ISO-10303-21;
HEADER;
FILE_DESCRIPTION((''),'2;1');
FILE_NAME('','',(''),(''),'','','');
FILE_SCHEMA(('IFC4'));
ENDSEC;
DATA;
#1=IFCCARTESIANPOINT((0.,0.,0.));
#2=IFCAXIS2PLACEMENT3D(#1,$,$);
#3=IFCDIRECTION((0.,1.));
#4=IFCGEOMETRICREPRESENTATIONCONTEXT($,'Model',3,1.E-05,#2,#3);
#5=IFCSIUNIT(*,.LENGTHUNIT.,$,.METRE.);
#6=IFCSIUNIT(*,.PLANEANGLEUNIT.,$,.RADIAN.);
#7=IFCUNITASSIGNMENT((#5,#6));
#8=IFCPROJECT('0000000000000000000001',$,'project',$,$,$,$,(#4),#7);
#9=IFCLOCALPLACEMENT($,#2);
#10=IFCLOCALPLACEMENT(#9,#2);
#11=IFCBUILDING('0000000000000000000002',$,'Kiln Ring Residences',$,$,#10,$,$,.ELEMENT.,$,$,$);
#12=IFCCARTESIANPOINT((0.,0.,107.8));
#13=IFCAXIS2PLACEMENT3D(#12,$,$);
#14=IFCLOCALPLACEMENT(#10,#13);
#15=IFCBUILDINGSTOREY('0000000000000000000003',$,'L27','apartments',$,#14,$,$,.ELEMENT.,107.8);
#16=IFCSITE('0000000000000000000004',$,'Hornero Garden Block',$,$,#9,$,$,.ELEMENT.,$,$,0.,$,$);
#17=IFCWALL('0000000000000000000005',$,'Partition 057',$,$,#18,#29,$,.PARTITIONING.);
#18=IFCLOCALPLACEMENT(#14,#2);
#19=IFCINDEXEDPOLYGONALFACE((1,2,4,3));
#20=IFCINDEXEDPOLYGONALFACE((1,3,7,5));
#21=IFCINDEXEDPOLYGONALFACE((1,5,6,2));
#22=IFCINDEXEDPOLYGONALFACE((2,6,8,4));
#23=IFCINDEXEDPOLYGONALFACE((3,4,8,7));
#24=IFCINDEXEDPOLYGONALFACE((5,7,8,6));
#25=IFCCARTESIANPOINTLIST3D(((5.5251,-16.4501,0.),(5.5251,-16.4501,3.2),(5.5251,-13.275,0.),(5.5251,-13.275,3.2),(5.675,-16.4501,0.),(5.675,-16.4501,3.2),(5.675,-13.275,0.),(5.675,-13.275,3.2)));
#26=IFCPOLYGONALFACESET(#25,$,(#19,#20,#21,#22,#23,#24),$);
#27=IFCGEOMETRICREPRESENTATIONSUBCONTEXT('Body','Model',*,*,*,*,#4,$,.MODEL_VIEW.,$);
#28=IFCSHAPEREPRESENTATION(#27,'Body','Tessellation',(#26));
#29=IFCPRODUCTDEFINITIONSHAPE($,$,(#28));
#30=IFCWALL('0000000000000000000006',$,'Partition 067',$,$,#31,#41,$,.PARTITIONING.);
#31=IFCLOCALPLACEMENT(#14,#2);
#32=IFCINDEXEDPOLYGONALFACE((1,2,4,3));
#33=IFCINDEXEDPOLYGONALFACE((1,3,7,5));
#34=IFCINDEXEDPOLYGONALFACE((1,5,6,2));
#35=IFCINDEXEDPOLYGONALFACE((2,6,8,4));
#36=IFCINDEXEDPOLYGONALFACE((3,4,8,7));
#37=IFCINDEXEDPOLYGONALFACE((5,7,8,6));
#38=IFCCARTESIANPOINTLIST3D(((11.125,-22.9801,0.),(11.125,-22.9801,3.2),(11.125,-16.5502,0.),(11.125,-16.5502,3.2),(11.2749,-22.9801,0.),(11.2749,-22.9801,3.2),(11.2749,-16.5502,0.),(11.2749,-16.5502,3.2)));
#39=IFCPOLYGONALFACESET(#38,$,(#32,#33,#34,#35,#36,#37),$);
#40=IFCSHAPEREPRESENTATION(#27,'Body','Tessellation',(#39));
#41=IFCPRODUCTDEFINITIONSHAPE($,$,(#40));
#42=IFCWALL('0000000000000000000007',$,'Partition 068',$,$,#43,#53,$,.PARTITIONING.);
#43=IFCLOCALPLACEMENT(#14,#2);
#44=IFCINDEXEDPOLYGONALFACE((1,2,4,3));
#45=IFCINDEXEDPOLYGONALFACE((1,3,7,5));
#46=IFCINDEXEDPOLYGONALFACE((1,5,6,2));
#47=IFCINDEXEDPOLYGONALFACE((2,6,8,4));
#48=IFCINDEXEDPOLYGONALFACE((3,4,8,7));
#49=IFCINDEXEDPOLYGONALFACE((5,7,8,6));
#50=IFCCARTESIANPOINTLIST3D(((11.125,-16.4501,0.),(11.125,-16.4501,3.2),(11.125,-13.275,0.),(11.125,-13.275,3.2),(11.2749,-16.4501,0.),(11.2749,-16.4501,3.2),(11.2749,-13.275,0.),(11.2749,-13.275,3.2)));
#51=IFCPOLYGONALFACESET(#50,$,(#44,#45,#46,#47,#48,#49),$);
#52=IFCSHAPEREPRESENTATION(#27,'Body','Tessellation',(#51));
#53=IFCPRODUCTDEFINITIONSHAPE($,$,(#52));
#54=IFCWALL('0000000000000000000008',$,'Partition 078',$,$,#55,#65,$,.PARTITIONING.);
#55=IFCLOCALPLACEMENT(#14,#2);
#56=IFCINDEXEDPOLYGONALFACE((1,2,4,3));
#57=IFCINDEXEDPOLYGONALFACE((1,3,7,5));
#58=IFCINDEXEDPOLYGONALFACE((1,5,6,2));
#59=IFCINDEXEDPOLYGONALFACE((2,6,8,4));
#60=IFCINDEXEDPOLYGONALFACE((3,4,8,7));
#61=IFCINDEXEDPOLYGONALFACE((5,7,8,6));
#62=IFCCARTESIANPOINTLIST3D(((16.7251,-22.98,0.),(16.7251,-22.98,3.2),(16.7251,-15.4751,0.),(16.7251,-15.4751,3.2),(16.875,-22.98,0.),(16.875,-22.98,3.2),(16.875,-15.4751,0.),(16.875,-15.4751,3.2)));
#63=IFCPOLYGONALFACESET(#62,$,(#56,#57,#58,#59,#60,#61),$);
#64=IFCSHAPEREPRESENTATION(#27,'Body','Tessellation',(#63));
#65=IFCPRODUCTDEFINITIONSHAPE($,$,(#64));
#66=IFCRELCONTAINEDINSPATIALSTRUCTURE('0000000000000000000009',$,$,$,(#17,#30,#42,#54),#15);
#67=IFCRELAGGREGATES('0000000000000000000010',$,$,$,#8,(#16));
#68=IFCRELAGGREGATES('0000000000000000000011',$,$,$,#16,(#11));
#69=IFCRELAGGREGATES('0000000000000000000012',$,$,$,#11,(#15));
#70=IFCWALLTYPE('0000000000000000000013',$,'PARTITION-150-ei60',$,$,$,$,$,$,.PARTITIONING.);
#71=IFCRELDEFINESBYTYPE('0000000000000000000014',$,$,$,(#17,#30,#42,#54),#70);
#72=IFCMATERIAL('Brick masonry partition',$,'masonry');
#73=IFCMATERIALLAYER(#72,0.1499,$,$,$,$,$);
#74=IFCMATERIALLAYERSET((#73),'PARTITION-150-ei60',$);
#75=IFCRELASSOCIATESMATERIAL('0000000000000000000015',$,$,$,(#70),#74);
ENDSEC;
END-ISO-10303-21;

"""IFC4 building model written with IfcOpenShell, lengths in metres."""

from ifc_helpers import new_model, si_unit, direction, frame, frame_2d, origin, place, context, subcontext, project, spatial, rectangle, extrude, material, layer, layer_set, type_object, element, save


model = new_model("IFC4")

# Units and contexts
model_context = context("Model", 3, precision=1e-05, world=origin(), true_north=direction((0.0, 1.0)))
body_context = subcontext(model_context, "Body", "Model", "MODEL_VIEW")
ifc_project = project(units=[si_unit("LENGTHUNIT", "METRE"), si_unit("PLANEANGLEUNIT", "RADIAN")], contexts=[model_context])

# Site, building, storey
site_placement = place(None, origin())
site = spatial("IfcSite", under=ifc_project, at=site_placement, Name="Hornero Garden Block", CompositionType="ELEMENT", RefElevation=0.0)
building_placement = place(site_placement, origin())
building = spatial("IfcBuilding", under=site, at=building_placement, Name="Kiln Ring Residences", CompositionType="ELEMENT")
storey_placement = place(building_placement, frame((0.0, 0.0, 107.8)))
storey = spatial("IfcBuildingStorey", under=building, at=storey_placement, Name="L27", Description="apartments", CompositionType="ELEMENT", Elevation=107.8)

# Walls
ifc_material_1 = material(Name="Brick masonry partition", Category="masonry")
ifc_layer_1 = layer(ifc_material_1, 0.1499)
ifc_layer_set_1 = layer_set([ifc_layer_1], Name="PARTITION-150-ei60")
wall_type_1 = type_object("IfcWallType", Name="PARTITION-150-ei60", PredefinedType="PARTITIONING", material=ifc_layer_set_1)
wall_1_placement = place(storey_placement, frame((5.6001, -16.45, 0.0), z_axis=(0.0, 0.0, 1.0), x_axis=(0.0, 1.0, 0.0)))
element("IfcWall", 1, at=wall_1_placement, inside=storey, type_object=wall_type_1, Name="Partition 057", PredefinedType="PARTITIONING", context=body_context, shape_type="SweptSolid", body=[
    extrude(rectangle(XDim=3.175, YDim=0.1499, at=frame_2d((1.5874, 0.0))), origin(), (0.0, 0.0, 1.0), 3.2),
])
wall_2_placement = place(storey_placement, frame((11.2, -22.98, 0.0), z_axis=(0.0, 0.0, 1.0), x_axis=(0.0, 1.0, 0.0)))
element("IfcWall", 2, at=wall_2_placement, inside=storey, type_object=wall_type_1, Name="Partition 067", PredefinedType="PARTITIONING", context=body_context, shape_type="SweptSolid", body=[
    extrude(rectangle(XDim=6.4299, YDim=0.1499, at=frame_2d((3.2148, 0.0))), origin(), (0.0, 0.0, 1.0), 3.2),
])
wall_3_placement = place(storey_placement, frame((11.2, -16.45, 0.0), z_axis=(0.0, 0.0, 1.0), x_axis=(0.0, 1.0, 0.0)))
element("IfcWall", 3, at=wall_3_placement, inside=storey, type_object=wall_type_1, Name="Partition 068", PredefinedType="PARTITIONING", context=body_context, shape_type="SweptSolid", body=[
    extrude(rectangle(XDim=3.175, YDim=0.1499, at=frame_2d((1.5874, 0.0))), origin(), (0.0, 0.0, 1.0), 3.2),
])
wall_4_placement = place(storey_placement, frame((16.8, -22.98, 0.0), z_axis=(0.0, 0.0, 1.0), x_axis=(0.0, 1.0, 0.0)))
element("IfcWall", 4, at=wall_4_placement, inside=storey, type_object=wall_type_1, Name="Partition 078", PredefinedType="PARTITIONING", context=body_context, shape_type="SweptSolid", body=[
    extrude(rectangle(XDim=7.5049, YDim=0.1499, at=frame_2d((3.7524, 0.0))), origin(), (0.0, 0.0, 1.0), 3.2),
])

save(model, "model.ifc")
